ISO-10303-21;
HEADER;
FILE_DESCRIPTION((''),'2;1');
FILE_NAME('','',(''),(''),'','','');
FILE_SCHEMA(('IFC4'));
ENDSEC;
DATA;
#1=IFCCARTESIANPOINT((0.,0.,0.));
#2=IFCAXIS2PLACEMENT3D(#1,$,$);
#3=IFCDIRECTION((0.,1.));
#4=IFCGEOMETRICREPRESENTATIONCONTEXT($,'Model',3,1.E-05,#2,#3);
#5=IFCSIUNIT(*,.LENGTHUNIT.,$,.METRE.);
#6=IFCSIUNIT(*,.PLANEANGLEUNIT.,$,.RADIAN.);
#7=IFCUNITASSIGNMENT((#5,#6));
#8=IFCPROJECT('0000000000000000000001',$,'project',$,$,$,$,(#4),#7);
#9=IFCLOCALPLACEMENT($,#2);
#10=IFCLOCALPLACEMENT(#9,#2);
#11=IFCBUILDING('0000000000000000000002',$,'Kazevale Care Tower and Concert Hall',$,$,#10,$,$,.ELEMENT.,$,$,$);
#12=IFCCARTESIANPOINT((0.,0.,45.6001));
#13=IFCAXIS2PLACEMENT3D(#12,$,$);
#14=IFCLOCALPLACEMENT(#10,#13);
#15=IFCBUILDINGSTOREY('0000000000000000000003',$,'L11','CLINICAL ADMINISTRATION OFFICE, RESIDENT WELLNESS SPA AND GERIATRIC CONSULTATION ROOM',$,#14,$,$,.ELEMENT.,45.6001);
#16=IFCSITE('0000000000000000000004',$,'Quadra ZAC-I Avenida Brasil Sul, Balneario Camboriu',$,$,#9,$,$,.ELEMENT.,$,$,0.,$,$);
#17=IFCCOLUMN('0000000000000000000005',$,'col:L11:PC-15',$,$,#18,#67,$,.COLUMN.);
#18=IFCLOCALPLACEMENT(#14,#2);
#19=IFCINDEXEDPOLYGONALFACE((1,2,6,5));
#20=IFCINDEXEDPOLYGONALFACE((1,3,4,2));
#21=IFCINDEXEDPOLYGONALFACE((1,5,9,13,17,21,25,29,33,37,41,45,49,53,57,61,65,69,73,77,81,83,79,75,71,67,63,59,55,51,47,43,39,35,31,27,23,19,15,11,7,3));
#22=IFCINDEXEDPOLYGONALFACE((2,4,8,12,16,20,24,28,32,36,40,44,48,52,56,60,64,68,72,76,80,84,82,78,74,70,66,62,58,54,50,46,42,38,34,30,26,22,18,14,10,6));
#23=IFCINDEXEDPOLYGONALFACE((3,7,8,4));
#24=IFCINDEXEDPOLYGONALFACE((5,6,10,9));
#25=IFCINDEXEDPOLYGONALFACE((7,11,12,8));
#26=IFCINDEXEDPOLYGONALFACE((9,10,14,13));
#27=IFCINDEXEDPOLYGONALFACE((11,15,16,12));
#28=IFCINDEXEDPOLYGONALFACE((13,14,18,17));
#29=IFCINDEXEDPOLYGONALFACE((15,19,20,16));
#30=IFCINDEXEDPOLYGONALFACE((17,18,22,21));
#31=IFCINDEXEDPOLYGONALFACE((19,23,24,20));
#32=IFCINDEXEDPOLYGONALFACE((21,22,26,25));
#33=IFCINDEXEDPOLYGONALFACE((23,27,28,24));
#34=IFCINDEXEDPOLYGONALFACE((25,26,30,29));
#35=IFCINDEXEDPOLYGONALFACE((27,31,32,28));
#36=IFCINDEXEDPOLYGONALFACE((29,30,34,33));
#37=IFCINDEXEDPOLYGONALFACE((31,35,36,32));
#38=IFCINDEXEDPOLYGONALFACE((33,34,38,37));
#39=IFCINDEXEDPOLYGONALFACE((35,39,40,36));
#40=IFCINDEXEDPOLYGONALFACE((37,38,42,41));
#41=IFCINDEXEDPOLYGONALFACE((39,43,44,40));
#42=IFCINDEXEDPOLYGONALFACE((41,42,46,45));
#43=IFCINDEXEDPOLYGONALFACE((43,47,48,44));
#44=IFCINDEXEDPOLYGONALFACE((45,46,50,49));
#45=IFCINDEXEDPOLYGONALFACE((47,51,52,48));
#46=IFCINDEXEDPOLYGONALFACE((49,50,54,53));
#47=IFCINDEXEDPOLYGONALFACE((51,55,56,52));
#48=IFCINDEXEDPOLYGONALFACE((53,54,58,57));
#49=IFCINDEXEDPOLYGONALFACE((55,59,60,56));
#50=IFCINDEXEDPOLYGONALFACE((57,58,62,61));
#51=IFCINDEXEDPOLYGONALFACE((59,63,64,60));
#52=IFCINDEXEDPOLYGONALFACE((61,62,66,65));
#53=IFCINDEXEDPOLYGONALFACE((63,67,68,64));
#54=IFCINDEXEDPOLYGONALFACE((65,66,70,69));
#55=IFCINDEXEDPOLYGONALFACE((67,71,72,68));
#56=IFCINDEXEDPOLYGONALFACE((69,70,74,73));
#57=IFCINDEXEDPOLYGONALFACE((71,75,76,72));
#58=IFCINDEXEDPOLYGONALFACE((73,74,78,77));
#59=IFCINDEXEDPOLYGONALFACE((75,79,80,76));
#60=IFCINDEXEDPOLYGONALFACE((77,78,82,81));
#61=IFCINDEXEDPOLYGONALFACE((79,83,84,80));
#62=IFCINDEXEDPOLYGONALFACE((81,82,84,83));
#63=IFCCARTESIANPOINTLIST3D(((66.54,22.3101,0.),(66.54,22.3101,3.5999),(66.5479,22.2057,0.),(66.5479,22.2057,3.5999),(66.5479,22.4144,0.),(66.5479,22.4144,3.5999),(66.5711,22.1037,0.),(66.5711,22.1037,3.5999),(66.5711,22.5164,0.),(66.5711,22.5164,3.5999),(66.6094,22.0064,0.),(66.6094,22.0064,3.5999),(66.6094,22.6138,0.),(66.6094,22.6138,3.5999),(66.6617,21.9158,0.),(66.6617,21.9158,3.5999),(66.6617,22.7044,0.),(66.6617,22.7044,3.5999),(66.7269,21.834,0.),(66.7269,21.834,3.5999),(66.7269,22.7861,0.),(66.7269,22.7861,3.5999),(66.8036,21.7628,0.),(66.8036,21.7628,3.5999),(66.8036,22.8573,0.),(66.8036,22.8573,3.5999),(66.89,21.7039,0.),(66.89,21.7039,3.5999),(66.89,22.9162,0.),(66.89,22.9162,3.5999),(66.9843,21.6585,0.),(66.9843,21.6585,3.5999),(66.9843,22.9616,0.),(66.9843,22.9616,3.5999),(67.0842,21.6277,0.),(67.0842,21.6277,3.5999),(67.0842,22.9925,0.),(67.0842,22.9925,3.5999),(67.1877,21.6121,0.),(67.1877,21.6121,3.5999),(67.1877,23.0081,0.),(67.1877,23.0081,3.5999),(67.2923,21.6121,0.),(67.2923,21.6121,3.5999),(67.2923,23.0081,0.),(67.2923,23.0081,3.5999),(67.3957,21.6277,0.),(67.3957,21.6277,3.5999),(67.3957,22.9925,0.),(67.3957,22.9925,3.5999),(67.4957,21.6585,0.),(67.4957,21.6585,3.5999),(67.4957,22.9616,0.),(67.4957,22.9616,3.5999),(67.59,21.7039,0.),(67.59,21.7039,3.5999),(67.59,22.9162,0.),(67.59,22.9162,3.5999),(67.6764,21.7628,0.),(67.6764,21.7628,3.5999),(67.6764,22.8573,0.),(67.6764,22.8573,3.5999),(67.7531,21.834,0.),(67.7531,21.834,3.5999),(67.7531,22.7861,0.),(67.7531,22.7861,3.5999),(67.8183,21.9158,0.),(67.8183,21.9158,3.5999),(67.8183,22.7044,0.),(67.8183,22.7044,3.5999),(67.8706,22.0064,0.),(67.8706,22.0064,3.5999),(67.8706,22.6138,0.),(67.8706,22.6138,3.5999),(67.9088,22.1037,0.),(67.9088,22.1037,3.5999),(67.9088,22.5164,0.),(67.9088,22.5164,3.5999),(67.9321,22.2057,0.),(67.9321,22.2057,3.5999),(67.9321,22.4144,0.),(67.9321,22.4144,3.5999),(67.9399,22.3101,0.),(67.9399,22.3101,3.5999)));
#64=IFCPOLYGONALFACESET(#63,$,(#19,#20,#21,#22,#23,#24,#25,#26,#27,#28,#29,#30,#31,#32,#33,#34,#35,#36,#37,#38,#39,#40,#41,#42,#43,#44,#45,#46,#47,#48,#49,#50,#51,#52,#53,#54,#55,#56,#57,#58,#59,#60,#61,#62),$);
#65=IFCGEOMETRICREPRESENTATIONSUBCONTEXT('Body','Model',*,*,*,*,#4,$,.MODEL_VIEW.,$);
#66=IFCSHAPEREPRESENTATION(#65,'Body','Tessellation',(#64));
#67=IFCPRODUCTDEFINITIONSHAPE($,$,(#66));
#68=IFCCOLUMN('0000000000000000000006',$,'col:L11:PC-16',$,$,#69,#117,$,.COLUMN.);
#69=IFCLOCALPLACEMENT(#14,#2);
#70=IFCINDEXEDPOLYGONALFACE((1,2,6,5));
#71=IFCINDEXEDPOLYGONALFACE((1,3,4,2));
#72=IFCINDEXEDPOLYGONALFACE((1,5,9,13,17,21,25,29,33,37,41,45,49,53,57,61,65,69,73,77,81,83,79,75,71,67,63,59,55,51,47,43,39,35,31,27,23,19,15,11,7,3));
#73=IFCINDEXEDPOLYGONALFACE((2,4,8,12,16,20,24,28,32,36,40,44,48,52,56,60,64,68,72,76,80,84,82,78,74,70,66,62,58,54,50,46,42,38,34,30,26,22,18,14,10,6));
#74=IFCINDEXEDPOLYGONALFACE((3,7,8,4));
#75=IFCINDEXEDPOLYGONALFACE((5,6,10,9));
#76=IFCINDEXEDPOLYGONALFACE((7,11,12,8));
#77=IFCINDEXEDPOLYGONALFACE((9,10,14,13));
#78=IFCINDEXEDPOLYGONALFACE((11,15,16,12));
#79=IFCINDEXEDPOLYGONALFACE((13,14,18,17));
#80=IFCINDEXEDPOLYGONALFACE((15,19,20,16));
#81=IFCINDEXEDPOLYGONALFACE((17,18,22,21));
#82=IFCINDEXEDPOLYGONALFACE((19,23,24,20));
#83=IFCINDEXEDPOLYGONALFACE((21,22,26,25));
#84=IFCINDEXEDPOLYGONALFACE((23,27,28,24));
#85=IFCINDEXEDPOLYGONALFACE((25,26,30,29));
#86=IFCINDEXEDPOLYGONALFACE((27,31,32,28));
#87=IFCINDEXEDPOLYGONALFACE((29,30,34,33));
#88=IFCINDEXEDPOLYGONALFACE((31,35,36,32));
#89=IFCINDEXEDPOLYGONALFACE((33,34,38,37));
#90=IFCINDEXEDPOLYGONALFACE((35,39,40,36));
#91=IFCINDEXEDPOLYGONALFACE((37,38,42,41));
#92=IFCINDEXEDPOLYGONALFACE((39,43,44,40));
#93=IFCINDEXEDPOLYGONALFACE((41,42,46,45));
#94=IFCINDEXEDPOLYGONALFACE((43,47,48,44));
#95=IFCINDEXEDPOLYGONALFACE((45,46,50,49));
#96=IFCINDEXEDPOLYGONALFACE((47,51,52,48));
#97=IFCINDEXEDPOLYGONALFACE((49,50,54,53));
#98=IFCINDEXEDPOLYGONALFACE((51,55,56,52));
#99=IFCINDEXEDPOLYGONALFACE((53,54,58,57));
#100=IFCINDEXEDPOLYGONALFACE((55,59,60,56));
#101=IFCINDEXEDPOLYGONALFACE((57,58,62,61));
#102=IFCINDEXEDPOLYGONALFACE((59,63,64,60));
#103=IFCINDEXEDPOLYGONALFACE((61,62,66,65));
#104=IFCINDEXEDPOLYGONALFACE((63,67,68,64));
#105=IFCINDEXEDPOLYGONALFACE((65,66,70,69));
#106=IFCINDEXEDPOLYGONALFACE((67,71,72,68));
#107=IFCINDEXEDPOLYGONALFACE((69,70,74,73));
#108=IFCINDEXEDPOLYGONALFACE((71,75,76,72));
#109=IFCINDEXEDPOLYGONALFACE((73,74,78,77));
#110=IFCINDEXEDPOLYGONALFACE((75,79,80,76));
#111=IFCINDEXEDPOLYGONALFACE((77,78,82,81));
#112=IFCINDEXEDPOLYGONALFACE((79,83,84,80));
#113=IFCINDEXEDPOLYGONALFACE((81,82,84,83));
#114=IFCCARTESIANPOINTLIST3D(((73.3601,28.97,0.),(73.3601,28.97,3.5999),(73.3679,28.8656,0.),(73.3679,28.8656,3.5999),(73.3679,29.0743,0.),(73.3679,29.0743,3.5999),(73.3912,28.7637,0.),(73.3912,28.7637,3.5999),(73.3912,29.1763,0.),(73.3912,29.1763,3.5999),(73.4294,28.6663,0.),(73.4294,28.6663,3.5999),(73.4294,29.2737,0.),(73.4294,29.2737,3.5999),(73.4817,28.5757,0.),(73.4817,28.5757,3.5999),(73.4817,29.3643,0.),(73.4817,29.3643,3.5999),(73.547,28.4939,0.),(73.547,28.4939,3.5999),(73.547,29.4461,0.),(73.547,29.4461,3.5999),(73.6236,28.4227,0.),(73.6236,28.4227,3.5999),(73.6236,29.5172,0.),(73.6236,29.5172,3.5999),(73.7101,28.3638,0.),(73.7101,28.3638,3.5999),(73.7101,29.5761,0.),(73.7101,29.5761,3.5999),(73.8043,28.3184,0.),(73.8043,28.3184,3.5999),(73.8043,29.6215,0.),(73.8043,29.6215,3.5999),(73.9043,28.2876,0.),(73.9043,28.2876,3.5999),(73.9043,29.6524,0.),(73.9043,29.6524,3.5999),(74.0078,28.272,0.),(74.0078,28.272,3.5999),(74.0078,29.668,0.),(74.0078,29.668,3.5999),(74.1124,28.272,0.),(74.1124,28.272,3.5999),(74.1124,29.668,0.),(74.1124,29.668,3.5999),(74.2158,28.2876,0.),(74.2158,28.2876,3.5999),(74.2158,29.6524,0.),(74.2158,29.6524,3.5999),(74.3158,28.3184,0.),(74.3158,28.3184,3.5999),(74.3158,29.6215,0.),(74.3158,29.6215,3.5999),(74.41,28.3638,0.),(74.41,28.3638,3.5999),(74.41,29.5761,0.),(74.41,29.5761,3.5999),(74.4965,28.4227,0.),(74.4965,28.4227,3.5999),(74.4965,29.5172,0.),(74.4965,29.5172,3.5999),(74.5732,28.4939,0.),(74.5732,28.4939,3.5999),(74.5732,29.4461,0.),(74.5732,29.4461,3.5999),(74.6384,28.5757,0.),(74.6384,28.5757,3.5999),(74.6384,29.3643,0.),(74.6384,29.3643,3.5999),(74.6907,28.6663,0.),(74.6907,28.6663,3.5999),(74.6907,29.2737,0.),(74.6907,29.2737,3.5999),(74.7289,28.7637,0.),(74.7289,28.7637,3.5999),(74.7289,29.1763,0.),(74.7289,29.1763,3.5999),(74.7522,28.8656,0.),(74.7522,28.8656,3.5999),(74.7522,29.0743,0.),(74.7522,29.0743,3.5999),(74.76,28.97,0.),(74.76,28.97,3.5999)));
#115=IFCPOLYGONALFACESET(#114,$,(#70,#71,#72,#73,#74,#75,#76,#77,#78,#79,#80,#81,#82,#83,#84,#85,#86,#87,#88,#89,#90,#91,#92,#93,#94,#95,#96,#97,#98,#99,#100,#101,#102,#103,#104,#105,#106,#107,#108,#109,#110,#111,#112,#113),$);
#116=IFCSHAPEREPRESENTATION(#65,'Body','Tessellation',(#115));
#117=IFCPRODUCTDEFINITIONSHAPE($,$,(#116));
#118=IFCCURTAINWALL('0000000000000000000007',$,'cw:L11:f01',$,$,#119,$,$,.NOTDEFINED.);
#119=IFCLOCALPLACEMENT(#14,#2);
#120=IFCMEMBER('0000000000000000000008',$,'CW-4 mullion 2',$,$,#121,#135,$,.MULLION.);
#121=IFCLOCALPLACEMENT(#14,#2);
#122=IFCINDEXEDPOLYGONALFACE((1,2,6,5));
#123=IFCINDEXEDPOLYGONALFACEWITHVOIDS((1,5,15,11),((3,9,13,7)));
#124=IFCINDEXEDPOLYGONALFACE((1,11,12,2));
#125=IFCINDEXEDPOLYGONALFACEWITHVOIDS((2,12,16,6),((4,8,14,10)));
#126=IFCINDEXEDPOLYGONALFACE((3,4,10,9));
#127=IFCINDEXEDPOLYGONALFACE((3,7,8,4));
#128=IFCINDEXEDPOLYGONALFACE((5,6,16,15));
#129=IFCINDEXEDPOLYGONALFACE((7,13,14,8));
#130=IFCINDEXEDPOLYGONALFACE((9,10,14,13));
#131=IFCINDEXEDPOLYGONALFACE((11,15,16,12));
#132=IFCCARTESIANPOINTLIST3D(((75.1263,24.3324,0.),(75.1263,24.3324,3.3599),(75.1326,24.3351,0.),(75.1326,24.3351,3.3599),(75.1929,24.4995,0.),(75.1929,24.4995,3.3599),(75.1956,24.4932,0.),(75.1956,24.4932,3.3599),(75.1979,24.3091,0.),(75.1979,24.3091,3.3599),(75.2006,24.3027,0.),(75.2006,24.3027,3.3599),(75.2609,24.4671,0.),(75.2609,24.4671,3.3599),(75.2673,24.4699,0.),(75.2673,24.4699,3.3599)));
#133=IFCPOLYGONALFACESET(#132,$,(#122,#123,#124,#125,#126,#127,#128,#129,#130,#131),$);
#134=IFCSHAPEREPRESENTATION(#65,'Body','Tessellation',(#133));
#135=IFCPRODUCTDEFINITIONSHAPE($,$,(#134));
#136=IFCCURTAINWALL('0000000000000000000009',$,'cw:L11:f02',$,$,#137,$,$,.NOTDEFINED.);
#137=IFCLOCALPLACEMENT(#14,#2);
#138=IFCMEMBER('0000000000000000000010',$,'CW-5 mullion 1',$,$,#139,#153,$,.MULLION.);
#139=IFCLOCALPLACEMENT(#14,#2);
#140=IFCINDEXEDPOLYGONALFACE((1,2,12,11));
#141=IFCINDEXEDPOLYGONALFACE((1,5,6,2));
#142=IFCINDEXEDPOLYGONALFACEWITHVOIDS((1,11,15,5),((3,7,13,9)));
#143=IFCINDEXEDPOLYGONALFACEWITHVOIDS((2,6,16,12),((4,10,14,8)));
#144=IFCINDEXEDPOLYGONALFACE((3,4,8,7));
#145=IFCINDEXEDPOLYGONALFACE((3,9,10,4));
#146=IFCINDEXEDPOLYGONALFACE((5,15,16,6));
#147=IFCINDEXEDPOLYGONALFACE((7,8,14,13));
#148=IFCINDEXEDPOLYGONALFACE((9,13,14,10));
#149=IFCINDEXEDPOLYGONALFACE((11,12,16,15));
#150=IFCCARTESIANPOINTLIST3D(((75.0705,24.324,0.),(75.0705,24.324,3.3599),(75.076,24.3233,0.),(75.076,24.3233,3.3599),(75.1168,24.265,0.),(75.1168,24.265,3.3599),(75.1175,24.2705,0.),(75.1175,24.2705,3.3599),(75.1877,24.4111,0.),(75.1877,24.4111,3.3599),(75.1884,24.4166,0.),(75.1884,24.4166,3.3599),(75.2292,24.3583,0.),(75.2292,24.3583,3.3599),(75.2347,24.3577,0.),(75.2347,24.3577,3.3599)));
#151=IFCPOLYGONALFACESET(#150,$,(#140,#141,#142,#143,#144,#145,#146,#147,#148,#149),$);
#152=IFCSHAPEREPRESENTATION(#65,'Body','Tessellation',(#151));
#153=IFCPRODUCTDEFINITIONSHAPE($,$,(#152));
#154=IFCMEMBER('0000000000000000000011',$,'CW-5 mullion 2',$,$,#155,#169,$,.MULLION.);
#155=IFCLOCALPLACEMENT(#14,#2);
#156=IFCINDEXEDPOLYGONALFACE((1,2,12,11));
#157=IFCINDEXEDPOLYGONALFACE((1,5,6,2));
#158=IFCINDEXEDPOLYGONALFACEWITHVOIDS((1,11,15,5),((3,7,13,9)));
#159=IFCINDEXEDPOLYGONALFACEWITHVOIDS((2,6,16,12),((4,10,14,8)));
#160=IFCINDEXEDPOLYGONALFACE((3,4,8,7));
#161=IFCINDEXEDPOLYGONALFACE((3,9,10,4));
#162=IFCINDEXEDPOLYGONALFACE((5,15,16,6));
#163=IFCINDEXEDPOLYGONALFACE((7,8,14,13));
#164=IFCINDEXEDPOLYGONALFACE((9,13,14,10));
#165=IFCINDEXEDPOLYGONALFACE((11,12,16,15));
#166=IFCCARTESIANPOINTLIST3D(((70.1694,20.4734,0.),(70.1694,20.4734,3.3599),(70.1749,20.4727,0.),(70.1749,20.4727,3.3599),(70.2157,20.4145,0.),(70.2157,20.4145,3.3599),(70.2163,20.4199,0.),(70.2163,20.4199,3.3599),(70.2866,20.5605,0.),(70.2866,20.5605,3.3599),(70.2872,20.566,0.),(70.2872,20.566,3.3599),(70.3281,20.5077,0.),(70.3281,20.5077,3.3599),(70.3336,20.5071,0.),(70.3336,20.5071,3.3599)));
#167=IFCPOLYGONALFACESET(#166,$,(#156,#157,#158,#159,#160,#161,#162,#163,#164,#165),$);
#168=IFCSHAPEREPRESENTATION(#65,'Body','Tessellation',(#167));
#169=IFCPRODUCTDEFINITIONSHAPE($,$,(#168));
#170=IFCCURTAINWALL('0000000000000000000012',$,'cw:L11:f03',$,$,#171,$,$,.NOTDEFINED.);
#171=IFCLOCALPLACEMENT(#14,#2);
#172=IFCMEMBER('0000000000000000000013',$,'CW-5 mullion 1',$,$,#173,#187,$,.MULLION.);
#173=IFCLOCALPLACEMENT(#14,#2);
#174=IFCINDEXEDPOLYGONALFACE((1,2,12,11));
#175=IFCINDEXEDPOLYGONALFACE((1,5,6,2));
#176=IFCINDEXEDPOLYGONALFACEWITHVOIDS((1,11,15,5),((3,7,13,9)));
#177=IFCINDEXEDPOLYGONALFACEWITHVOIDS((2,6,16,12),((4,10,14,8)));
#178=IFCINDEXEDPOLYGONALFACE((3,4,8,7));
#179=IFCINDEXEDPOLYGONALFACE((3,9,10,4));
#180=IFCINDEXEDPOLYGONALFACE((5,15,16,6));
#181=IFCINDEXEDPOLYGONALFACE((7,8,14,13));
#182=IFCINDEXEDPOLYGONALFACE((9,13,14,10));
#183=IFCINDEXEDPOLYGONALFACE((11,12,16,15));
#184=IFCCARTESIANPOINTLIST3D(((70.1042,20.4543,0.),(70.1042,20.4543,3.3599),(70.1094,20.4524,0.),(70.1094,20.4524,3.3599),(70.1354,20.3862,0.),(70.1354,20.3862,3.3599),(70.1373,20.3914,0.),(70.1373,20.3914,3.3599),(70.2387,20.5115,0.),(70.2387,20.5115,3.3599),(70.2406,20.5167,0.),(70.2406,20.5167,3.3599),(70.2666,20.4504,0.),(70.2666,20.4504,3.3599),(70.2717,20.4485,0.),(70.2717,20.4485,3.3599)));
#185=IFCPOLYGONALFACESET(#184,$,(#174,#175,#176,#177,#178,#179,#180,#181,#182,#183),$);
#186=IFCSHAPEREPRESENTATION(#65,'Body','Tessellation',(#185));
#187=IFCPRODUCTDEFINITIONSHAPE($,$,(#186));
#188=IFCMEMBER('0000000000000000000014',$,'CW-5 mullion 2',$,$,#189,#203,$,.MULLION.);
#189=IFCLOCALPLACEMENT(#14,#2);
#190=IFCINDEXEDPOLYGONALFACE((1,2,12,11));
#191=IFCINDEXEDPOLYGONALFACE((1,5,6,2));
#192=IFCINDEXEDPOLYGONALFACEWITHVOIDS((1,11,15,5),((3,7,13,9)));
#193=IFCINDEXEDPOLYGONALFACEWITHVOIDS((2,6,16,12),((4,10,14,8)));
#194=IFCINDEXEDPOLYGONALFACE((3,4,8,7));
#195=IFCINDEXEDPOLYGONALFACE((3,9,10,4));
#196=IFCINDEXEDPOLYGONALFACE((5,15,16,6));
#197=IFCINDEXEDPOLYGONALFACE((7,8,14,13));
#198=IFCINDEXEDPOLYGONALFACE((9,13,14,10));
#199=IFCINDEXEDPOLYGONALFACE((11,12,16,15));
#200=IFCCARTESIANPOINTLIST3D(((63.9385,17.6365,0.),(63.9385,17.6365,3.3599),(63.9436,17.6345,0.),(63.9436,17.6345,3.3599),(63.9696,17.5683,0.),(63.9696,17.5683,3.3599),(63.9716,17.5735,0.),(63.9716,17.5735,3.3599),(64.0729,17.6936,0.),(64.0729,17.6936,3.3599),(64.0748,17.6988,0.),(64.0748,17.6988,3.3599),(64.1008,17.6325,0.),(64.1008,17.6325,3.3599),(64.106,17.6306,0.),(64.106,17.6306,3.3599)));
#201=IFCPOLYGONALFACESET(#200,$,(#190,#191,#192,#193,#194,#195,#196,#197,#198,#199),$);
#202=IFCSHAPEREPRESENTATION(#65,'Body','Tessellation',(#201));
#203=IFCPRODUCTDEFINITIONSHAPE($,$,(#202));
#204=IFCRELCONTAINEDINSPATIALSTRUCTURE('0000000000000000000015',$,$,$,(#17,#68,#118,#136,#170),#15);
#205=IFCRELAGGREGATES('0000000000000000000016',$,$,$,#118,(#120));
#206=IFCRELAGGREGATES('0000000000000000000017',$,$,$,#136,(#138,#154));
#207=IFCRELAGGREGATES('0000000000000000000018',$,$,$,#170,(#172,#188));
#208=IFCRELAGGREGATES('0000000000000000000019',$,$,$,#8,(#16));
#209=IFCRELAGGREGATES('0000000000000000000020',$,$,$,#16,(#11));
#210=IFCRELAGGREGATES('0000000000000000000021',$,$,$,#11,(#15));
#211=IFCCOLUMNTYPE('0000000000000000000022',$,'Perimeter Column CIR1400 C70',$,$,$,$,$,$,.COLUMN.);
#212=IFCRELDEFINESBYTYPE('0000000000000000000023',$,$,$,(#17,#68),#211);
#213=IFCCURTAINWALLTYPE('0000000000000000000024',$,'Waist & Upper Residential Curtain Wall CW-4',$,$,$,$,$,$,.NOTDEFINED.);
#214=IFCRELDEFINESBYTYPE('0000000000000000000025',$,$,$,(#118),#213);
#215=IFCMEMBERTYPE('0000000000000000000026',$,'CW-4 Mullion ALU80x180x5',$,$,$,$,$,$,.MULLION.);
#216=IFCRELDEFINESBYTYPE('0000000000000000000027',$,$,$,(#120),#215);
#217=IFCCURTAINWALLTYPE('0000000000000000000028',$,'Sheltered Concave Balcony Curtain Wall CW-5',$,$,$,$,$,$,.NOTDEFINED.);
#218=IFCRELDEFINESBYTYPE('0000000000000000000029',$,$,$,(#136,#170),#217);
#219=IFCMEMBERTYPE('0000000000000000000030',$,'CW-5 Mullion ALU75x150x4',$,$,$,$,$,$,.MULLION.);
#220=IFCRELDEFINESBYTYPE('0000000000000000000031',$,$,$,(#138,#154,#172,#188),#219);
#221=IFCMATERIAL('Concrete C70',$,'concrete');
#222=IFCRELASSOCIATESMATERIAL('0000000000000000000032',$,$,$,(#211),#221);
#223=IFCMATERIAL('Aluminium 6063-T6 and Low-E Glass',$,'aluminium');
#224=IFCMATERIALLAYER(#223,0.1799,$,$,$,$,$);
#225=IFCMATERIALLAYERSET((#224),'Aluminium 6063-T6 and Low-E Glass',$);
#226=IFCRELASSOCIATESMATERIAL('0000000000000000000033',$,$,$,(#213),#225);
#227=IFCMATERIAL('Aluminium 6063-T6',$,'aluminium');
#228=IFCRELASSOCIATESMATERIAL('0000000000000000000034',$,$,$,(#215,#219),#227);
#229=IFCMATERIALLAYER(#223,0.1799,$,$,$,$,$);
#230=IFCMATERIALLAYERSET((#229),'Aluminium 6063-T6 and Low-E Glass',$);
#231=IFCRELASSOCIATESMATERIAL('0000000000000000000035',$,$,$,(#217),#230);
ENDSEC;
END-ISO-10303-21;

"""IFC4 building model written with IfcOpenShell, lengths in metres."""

from ifc_helpers import new_model, si_unit, direction, frame, origin, origin_2d, place, context, subcontext, project, spatial, hollow_rectangle, circle, extrude, material, layer, layer_set, material_profile, profile_set, type_object, element, aggregate, save


model = new_model("IFC4")

# Units and contexts
model_context = context("Model", 3, precision=1e-05, world=origin(), true_north=direction((0.0, 1.0)))
body_context = subcontext(model_context, "Body", "Model", "MODEL_VIEW")
ifc_project = project(units=[si_unit("LENGTHUNIT", "METRE"), si_unit("PLANEANGLEUNIT", "RADIAN")], contexts=[model_context])

# Site, building, storey
site_placement = place(None, origin())
site = spatial("IfcSite", under=ifc_project, at=site_placement, Name="Quadra ZAC-I Avenida Brasil Sul, Balneario Camboriu", CompositionType="ELEMENT", RefElevation=0.0)
building_placement = place(site_placement, origin())
building = spatial("IfcBuilding", under=site, at=building_placement, Name="Kazevale Care Tower and Concert Hall", CompositionType="ELEMENT")
storey_placement = place(building_placement, frame((0.0, 0.0, 45.6001)))
storey = spatial("IfcBuildingStorey", under=building, at=storey_placement, Name="L11", Description="CLINICAL ADMINISTRATION OFFICE, RESIDENT WELLNESS SPA AND GERIATRIC CONSULTATION ROOM", CompositionType="ELEMENT", Elevation=45.6001)

# Columns
ifc_material_1 = material(Name="Concrete C70", Category="concrete")
ifc_material_profile_1 = material_profile(ifc_material_1, circle(Radius=0.7, at=origin_2d()), Name="RC-CIR1400")
ifc_profile_set_1 = profile_set([ifc_material_profile_1], Name="Concrete C70")
column_type = type_object("IfcColumnType", Name="Perimeter Column CIR1400 C70", PredefinedType="COLUMN", material=ifc_profile_set_1)
for number, where, z_axis, x_axis, name in (
    (1, (67.24, 22.3101, 0.0), (0.0, 0.0, 1.0), (1.0, 0.0, 0.0), "col:L11:PC-15"),
    (2, (74.0601, 28.97, 0.0), (0.0, 0.0, 1.0), (1.0, 0.0, 0.0), "col:L11:PC-16"),
):
    element("IfcColumn", number, at=place(storey_placement, frame(where, z_axis=z_axis, x_axis=x_axis)), inside=storey, type_object=column_type, Name=name, PredefinedType="COLUMN", context=body_context, shape_type="SweptSolid", body=[
        extrude(circle(Radius=0.7, at=origin_2d()), origin(), (0.0, 0.0, 1.0), 3.5999),
    ])

# Curtain wall, member
ifc_material_2 = material(Name="Aluminium 6063-T6 and Low-E Glass", Category="aluminium")
ifc_layer_1 = layer(ifc_material_2, 0.1799)
ifc_layer_set_1 = layer_set([ifc_layer_1], Name="Aluminium 6063-T6 and Low-E Glass")
curtain_wall_type_1 = type_object("IfcCurtainWallType", Name="Waist & Upper Residential Curtain Wall CW-4", PredefinedType="NOTDEFINED", material=ifc_layer_set_1)
curtain_wall_1_placement = place(storey_placement, origin())
curtain_wall_1 = element("IfcCurtainWall", 3, at=curtain_wall_1_placement, inside=storey, type_object=curtain_wall_type_1, Name="cw:L11:f01", PredefinedType="NOTDEFINED")
ifc_material_3 = material(Name="Aluminium 6063-T6", Category="aluminium")
ifc_material_profile_2 = material_profile(ifc_material_3, hollow_rectangle(XDim=0.0801, YDim=0.1799, WallThickness=0.0049, at=origin_2d()), Name="ALU80x180x5")
ifc_profile_set_2 = profile_set([ifc_material_profile_2], Name="Aluminium 6063-T6")
member_type_1 = type_object("IfcMemberType", Name="CW-4 Mullion ALU80x180x5", PredefinedType="MULLION", material=ifc_profile_set_2)
member_1_placement = place(storey_placement, frame((75.1968, 24.4011, 0.0), z_axis=(0.0, 0.0, 1.0), x_axis=(0.928861, -0.370427, 0.0)))
member_1 = element("IfcMember", 4, at=member_1_placement, type_object=member_type_1, Name="CW-4 mullion 2", PredefinedType="MULLION", context=body_context, shape_type="SweptSolid", body=[
    extrude(hollow_rectangle(XDim=0.0801, YDim=0.1799, WallThickness=0.0049, at=origin_2d()), origin(), (0.0, 0.0, 1.0), 3.3599),
])
aggregate(curtain_wall_1, [member_1])

# Curtain walls, members
ifc_layer_2 = layer(ifc_material_2, 0.1799)
ifc_layer_set_2 = layer_set([ifc_layer_2], Name="Aluminium 6063-T6 and Low-E Glass")
curtain_wall_type_2 = type_object("IfcCurtainWallType", Name="Sheltered Concave Balcony Curtain Wall CW-5", PredefinedType="NOTDEFINED", material=ifc_layer_set_2)
curtain_wall_2_placement = place(storey_placement, origin())
curtain_wall_2 = element("IfcCurtainWall", 5, at=curtain_wall_2_placement, inside=storey, type_object=curtain_wall_type_2, Name="cw:L11:f02", PredefinedType="NOTDEFINED")
ifc_material_profile_3 = material_profile(ifc_material_3, hollow_rectangle(XDim=0.075, YDim=0.1499, WallThickness=0.0039, at=origin_2d()), Name="ALU75x150x4")
ifc_profile_set_3 = profile_set([ifc_material_profile_3], Name="Aluminium 6063-T6")
member_type_2 = type_object("IfcMemberType", Name="CW-5 Mullion ALU75x150x4", PredefinedType="MULLION", material=ifc_profile_set_3)
member_2_placement = place(storey_placement, frame((75.1526, 24.3408, 0.0), z_axis=(0.0, 0.0, 1.0), x_axis=(0.617808, -0.786329, 0.0)))
member_2 = element("IfcMember", 6, at=member_2_placement, type_object=member_type_2, Name="CW-5 mullion 1", PredefinedType="MULLION", context=body_context, shape_type="SweptSolid", body=[
    extrude(hollow_rectangle(XDim=0.075, YDim=0.1499, WallThickness=0.0039, at=origin_2d()), origin(), (0.0, 0.0, 1.0), 3.3599),
])
member_3_placement = place(storey_placement, frame((70.2515, 20.4902, 0.0), z_axis=(0.0, 0.0, 1.0), x_axis=(0.617808, -0.786329, 0.0)))
member_3 = element("IfcMember", 7, at=member_3_placement, type_object=member_type_2, Name="CW-5 mullion 2", PredefinedType="MULLION", context=body_context, shape_type="SweptSolid", body=[
    extrude(hollow_rectangle(XDim=0.075, YDim=0.1499, WallThickness=0.0039, at=origin_2d()), origin(), (0.0, 0.0, 1.0), 3.3599),
])
curtain_wall_3_placement = place(storey_placement, origin())
curtain_wall_3 = element("IfcCurtainWall", 8, at=curtain_wall_3_placement, inside=storey, type_object=curtain_wall_type_2, Name="cw:L11:f03", PredefinedType="NOTDEFINED")
member_4_placement = place(storey_placement, frame((70.188, 20.4514, 0.0), z_axis=(0.0, 0.0, 1.0), x_axis=(0.41566, -0.90952, 0.0)))
member_4 = element("IfcMember", 9, at=member_4_placement, type_object=member_type_2, Name="CW-5 mullion 1", PredefinedType="MULLION", context=body_context, shape_type="SweptSolid", body=[
    extrude(hollow_rectangle(XDim=0.075, YDim=0.1499, WallThickness=0.0039, at=origin_2d()), origin(), (0.0, 0.0, 1.0), 3.3599),
])
member_5_placement = place(storey_placement, frame((64.0222, 17.6335, 0.0), z_axis=(0.0, 0.0, 1.0), x_axis=(0.41566, -0.90952, 0.0)))
member_5 = element("IfcMember", 10, at=member_5_placement, type_object=member_type_2, Name="CW-5 mullion 2", PredefinedType="MULLION", context=body_context, shape_type="SweptSolid", body=[
    extrude(hollow_rectangle(XDim=0.075, YDim=0.1499, WallThickness=0.0039, at=origin_2d()), origin(), (0.0, 0.0, 1.0), 3.3599),
])

aggregate(curtain_wall_2, [member_2, member_3])
aggregate(curtain_wall_3, [member_4, member_5])

save(model, "model.ifc")
